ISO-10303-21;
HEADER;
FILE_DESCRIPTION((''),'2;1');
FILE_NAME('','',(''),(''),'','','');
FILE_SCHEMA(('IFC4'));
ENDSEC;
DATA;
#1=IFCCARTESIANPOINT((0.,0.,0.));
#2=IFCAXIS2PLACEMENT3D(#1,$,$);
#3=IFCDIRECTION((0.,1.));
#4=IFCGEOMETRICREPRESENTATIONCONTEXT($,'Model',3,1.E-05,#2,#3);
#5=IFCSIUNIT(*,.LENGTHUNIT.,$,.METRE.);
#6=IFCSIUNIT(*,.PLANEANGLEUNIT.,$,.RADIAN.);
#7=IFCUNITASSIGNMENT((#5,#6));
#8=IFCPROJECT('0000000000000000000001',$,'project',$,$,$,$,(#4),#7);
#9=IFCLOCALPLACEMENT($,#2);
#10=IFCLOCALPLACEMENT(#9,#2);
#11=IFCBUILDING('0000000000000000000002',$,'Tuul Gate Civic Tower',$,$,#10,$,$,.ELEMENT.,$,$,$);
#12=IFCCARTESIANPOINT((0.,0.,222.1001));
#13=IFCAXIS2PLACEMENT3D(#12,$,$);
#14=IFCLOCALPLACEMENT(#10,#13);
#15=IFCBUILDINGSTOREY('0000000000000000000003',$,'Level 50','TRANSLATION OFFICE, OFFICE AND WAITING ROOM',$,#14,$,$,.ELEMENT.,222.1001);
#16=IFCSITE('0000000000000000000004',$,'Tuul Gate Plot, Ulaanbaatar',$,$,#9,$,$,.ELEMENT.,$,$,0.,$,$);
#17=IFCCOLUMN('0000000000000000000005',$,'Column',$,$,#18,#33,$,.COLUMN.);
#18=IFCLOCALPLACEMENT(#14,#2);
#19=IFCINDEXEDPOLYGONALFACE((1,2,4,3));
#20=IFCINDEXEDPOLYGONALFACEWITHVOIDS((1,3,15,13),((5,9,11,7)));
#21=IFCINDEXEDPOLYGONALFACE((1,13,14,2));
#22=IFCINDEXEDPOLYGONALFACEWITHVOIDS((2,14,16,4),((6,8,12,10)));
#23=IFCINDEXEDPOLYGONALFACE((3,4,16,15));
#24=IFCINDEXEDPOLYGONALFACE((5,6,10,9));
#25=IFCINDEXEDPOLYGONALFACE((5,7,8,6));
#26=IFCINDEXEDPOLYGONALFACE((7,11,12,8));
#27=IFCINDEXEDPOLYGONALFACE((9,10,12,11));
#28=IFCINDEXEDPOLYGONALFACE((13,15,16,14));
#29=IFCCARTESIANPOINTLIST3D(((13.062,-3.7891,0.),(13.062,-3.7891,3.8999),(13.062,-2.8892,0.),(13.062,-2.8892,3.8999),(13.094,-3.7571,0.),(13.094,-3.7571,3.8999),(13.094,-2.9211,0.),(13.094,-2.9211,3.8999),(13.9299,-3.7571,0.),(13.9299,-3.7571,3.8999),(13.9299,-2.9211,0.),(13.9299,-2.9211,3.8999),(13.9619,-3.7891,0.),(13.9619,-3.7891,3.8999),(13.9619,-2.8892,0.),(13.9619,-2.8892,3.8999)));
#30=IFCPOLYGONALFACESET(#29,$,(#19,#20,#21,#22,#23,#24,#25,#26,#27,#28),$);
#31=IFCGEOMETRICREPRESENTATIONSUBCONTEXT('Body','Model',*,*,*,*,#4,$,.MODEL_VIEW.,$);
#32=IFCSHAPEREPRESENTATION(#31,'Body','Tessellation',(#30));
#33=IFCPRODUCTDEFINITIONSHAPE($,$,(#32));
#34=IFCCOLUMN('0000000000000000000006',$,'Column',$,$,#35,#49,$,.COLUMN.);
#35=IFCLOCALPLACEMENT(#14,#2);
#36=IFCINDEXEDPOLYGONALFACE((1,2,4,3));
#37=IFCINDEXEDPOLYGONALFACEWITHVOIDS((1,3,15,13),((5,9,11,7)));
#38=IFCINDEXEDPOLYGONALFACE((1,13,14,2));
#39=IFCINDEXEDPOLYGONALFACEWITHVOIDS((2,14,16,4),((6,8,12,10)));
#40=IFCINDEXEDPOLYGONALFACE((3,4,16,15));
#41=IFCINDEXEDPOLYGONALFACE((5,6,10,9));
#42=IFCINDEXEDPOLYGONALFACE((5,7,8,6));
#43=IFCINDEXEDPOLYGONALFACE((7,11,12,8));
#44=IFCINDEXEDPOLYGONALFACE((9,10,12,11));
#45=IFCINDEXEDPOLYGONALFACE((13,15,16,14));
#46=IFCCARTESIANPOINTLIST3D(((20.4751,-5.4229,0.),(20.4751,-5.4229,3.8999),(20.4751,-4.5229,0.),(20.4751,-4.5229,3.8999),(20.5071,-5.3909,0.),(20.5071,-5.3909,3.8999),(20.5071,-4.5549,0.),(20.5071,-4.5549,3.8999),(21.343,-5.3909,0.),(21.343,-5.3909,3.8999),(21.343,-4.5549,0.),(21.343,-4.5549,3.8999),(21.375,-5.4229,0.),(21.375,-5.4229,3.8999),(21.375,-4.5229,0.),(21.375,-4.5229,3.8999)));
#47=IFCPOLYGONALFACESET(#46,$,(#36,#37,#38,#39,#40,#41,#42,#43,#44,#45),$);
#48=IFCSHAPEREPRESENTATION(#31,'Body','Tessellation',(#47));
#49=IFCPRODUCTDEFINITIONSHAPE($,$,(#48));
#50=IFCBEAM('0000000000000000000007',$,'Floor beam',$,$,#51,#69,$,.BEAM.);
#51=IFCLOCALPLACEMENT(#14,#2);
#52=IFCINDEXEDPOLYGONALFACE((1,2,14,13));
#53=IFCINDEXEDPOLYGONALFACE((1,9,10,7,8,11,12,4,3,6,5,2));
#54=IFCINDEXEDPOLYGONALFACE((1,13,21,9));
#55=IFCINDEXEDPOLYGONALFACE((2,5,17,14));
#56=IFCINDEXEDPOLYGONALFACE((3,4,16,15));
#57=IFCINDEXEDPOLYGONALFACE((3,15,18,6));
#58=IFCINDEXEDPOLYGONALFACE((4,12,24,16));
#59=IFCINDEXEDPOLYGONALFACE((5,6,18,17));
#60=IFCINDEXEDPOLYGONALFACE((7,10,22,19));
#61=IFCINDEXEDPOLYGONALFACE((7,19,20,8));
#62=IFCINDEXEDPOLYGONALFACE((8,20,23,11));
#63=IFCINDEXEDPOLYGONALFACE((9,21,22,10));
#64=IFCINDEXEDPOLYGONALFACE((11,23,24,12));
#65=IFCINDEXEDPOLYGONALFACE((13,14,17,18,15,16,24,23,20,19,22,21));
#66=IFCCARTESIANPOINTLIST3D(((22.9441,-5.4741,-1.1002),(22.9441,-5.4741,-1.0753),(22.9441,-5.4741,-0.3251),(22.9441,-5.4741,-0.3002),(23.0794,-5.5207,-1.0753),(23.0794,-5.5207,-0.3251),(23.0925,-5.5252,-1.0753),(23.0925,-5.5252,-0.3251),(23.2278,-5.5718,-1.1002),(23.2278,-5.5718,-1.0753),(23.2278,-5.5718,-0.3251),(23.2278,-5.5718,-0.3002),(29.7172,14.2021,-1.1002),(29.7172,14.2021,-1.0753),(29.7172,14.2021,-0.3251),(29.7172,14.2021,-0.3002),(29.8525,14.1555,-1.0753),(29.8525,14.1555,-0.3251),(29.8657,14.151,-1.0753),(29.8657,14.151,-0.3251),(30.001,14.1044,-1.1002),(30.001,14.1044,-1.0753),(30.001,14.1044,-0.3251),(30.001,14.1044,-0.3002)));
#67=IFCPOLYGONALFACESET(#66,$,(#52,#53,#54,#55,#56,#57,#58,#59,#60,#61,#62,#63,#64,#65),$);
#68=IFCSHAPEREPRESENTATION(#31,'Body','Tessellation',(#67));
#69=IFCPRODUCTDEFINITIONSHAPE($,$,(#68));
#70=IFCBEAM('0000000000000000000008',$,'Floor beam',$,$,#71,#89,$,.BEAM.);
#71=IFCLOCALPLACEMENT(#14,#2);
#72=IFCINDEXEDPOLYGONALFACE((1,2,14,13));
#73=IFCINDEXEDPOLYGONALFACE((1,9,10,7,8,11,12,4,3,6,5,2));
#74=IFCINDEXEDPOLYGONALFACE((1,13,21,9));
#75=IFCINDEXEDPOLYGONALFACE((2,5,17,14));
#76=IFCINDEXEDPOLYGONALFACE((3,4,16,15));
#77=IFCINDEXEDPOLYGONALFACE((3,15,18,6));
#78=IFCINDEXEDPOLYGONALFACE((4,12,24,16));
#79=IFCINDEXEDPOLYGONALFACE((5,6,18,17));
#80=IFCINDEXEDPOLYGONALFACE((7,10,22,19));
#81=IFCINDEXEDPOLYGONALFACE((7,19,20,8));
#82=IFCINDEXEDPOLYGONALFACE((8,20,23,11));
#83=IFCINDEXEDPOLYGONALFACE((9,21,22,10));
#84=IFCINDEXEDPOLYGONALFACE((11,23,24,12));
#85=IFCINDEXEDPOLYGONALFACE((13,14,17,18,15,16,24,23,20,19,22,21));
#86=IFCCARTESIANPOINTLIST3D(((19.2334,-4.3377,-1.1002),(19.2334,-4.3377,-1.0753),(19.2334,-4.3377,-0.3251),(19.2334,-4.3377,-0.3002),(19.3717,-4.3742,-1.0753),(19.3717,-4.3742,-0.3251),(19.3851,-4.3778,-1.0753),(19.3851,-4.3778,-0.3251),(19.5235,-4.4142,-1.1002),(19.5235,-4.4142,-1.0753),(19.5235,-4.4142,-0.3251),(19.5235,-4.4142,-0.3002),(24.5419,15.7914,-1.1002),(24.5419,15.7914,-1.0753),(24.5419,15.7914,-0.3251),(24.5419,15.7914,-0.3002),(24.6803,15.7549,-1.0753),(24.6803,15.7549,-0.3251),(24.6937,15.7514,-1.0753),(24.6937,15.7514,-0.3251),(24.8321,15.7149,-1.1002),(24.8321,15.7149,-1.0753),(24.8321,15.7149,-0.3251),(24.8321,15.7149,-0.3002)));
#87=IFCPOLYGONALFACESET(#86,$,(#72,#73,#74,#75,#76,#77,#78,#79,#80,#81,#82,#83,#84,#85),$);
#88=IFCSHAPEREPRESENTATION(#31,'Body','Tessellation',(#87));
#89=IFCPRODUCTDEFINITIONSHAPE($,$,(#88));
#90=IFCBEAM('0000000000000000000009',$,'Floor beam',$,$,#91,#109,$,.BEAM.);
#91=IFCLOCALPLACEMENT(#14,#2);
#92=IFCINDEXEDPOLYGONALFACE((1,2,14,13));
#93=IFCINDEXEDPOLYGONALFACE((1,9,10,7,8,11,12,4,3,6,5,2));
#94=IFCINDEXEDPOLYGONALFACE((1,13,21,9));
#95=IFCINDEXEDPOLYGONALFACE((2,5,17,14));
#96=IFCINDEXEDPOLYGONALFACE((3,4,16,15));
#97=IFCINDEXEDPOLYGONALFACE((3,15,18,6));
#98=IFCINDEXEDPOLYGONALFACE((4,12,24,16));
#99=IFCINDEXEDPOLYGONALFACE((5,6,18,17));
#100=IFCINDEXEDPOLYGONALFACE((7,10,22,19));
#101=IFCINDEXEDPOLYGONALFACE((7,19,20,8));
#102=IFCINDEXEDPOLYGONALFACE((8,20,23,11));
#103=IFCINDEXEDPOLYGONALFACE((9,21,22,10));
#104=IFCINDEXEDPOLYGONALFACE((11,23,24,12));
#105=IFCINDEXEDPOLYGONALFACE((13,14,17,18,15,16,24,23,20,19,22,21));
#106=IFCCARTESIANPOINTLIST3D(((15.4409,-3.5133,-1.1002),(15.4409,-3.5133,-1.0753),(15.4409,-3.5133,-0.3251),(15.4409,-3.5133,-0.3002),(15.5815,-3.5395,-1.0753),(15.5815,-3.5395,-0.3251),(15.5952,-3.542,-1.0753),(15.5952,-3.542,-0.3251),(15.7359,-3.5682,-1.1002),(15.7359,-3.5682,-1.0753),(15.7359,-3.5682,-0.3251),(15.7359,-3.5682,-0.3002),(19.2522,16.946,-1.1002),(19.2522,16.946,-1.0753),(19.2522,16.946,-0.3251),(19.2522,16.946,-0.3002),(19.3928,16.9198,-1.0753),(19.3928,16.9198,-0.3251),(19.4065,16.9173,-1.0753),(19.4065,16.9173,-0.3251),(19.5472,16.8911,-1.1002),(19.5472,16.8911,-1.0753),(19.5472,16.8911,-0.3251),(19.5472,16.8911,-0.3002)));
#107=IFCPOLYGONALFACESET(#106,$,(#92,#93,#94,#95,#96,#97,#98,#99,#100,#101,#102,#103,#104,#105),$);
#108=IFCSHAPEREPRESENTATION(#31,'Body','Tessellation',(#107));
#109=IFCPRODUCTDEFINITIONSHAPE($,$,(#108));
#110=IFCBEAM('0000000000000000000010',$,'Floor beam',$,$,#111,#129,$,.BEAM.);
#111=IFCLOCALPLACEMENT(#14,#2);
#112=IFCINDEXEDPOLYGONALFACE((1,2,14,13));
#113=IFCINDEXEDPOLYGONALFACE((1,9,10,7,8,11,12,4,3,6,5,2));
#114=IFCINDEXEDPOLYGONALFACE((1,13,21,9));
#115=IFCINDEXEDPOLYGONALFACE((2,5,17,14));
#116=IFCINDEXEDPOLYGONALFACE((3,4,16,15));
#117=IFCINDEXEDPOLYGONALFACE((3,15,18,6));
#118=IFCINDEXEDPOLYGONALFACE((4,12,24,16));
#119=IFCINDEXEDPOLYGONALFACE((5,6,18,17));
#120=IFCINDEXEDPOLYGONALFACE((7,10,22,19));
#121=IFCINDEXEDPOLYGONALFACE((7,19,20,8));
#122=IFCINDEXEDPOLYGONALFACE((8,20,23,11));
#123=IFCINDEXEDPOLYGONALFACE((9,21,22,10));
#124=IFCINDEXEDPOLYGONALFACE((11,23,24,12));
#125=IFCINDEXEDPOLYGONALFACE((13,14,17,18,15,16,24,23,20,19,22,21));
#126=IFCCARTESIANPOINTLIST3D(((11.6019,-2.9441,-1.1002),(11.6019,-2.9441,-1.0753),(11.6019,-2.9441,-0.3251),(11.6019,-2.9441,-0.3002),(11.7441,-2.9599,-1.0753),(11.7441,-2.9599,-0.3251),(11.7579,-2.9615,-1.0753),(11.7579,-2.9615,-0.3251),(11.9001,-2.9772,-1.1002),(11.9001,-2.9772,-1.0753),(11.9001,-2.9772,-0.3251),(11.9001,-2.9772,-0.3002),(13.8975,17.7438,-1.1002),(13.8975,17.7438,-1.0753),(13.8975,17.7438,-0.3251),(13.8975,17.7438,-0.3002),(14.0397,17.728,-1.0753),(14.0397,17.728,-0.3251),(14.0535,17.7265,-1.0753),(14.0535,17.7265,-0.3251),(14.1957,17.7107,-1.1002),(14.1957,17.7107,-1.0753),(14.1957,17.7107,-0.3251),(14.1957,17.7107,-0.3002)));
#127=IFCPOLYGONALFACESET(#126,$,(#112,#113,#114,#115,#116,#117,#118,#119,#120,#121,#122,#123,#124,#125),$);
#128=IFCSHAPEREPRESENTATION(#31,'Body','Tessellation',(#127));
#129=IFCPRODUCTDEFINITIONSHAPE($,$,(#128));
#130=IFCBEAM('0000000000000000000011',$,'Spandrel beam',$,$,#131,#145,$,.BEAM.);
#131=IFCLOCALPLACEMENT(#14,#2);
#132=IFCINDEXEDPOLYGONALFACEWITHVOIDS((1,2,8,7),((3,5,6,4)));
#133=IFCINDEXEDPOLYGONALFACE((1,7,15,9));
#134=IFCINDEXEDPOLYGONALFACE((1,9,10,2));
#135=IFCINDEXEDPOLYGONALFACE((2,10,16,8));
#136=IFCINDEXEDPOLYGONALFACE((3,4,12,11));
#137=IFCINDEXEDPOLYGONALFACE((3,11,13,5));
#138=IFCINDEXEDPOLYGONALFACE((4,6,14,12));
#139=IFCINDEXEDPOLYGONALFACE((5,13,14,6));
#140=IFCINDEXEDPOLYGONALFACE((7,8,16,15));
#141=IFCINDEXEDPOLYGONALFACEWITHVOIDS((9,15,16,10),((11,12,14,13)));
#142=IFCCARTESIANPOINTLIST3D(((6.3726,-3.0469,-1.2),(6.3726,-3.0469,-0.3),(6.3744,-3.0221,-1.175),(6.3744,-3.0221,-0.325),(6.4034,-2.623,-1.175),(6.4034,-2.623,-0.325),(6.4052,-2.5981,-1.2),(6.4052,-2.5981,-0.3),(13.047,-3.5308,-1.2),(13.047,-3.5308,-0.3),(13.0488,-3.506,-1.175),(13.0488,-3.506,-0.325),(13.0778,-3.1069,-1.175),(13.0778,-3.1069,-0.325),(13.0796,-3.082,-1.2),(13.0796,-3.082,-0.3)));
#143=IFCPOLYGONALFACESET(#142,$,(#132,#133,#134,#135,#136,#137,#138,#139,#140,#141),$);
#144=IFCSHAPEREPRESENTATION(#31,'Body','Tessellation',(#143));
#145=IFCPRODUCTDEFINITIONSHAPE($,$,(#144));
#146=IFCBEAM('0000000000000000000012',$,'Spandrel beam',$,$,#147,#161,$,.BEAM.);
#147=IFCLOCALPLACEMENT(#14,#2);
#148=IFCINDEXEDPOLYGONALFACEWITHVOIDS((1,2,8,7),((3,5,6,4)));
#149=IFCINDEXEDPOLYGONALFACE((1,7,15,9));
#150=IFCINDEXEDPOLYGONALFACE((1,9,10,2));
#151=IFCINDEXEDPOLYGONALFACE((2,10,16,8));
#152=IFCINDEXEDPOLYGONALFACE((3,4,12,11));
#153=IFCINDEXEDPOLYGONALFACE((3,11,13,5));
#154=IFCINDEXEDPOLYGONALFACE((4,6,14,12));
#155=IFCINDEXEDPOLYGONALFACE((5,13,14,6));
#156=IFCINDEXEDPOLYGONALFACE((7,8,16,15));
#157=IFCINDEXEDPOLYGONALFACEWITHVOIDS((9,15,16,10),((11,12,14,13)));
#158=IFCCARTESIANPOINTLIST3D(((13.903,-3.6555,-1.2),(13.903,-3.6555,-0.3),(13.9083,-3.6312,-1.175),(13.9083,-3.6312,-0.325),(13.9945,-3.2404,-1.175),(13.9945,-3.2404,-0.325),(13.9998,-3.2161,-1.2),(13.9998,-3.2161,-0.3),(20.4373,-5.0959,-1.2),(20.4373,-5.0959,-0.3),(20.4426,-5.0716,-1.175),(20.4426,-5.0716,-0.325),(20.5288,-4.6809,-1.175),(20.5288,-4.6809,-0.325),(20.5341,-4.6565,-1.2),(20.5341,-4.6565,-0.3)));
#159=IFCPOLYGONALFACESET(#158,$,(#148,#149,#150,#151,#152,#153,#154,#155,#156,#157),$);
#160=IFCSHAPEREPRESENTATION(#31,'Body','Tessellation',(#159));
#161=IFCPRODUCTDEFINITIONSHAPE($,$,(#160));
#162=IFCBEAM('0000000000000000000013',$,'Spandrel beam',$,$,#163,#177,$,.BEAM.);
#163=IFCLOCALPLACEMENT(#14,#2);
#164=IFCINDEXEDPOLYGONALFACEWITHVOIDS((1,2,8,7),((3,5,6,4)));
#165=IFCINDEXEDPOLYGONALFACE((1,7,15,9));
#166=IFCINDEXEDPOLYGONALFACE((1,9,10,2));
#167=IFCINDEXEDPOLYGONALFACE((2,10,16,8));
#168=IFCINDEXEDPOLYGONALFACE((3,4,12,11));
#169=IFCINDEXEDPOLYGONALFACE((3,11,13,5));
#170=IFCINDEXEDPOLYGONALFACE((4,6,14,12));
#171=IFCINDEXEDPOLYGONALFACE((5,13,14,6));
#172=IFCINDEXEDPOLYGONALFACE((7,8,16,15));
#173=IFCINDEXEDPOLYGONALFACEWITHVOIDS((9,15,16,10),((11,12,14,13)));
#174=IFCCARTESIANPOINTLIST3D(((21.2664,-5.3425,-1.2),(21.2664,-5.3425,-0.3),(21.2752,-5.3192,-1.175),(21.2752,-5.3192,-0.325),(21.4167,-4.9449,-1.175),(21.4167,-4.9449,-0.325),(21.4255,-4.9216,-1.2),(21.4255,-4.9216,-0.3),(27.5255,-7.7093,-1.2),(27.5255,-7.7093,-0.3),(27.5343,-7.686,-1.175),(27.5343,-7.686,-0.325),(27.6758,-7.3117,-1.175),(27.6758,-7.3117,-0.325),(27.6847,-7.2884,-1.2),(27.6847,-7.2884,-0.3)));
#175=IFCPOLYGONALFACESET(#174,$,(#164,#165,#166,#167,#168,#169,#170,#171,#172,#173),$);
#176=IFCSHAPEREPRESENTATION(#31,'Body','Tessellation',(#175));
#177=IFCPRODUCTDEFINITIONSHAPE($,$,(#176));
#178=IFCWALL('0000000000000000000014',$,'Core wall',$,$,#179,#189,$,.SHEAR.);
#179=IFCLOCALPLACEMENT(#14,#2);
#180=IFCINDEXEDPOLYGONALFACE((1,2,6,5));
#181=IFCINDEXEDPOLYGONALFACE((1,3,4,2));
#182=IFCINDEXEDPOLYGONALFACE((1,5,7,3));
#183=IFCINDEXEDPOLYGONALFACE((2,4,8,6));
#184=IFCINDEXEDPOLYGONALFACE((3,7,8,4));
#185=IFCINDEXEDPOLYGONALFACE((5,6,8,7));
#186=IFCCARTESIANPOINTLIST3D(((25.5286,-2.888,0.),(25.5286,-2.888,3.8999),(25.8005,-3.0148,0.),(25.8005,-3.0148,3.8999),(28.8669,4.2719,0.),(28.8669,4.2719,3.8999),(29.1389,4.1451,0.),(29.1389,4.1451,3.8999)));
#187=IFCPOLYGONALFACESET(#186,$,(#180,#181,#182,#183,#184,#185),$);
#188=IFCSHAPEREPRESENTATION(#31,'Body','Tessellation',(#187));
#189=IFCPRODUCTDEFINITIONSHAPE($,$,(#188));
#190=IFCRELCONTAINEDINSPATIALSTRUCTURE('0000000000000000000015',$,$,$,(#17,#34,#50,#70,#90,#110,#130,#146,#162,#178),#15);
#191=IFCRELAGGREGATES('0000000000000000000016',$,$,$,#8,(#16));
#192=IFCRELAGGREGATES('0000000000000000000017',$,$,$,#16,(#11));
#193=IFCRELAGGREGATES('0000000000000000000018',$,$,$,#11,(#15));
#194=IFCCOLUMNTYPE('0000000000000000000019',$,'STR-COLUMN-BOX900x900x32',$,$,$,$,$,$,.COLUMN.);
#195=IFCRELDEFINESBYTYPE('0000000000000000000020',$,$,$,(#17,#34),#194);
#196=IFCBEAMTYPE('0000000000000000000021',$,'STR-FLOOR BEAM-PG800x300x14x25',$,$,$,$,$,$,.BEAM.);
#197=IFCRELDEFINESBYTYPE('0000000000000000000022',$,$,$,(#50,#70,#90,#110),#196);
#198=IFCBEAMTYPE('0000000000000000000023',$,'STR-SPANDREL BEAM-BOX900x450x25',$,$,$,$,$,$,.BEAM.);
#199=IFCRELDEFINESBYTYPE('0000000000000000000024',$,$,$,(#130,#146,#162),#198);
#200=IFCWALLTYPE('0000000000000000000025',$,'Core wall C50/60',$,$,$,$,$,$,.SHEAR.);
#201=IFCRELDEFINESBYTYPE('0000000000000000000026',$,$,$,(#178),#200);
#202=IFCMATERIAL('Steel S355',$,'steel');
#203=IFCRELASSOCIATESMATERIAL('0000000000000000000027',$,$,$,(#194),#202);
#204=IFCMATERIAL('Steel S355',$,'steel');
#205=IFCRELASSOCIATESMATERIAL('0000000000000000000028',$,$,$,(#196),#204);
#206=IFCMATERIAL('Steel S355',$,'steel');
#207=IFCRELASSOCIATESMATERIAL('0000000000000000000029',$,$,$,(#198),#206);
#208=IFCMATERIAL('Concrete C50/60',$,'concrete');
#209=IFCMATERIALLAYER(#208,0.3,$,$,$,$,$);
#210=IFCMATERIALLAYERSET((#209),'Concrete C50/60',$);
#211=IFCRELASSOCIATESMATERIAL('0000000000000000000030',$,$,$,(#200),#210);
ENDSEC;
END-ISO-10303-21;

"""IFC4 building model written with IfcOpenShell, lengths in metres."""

from ifc_helpers import new_model, si_unit, direction, frame, frame_2d, origin, origin_2d, place, context, subcontext, project, spatial, rectangle, hollow_rectangle, i_section, extrude, material, layer, layer_set, material_profile, profile_set, type_object, element, save


model = new_model("IFC4")

# Units and contexts
model_context = context("Model", 3, precision=1e-05, world=origin(), true_north=direction((0.0, 1.0)))
body_context = subcontext(model_context, "Body", "Model", "MODEL_VIEW")
ifc_project = project(units=[si_unit("LENGTHUNIT", "METRE"), si_unit("PLANEANGLEUNIT", "RADIAN")], contexts=[model_context])

# Site, building, storey
site_placement = place(None, origin())
site = spatial("IfcSite", under=ifc_project, at=site_placement, Name="Tuul Gate Plot, Ulaanbaatar", CompositionType="ELEMENT", RefElevation=0.0)
building_placement = place(site_placement, origin())
building = spatial("IfcBuilding", under=site, at=building_placement, Name="Tuul Gate Civic Tower", CompositionType="ELEMENT")
storey_placement = place(building_placement, frame((0.0, 0.0, 222.1001)))
storey = spatial("IfcBuildingStorey", under=building, at=storey_placement, Name="Level 50", Description="TRANSLATION OFFICE, OFFICE AND WAITING ROOM", CompositionType="ELEMENT", Elevation=222.1001)

# Columns
ifc_material_1 = material(Name="Steel S355", Category="steel")
ifc_material_profile_1 = material_profile(ifc_material_1, hollow_rectangle(XDim=0.8999, YDim=0.8999, WallThickness=0.032, at=origin_2d()), Name="BOX900x900x32")
ifc_profile_set_1 = profile_set([ifc_material_profile_1], Name="Steel S355")
column_type = type_object("IfcColumnType", Name="STR-COLUMN-BOX900x900x32", PredefinedType="COLUMN", material=ifc_profile_set_1)
for number, where, z_axis, x_axis, name in (
    (1, (13.512, -3.3391, 0.0), (0.0, 0.0, 1.0), (1.0, 0.0, 0.0), "Column"),
    (2, (20.925, -4.9729, 0.0), (0.0, 0.0, 1.0), (1.0, 0.0, 0.0), "Column"),
):
    element("IfcColumn", number, at=place(storey_placement, frame(where, z_axis=z_axis, x_axis=x_axis)), inside=storey, type_object=column_type, Name=name, PredefinedType="COLUMN", context=body_context, shape_type="SweptSolid", body=[
        extrude(hollow_rectangle(XDim=0.8999, YDim=0.8999, WallThickness=0.032, at=origin_2d()), origin(), (0.0, 0.0, 1.0), 3.8999),
    ])

# Beams
ifc_material_2 = material(Name="Steel S355", Category="steel")
ifc_material_profile_2 = material_profile(ifc_material_2, i_section(OverallWidth=0.3, OverallDepth=0.8, WebThickness=0.0139, FlangeThickness=0.0249, at=origin_2d()), Name="PG800x300x14x25")
ifc_profile_set_2 = profile_set([ifc_material_profile_2], Name="Steel S355")
beam_type_1 = type_object("IfcBeamType", Name="STR-FLOOR BEAM-PG800x300x14x25", PredefinedType="BEAM", material=ifc_profile_set_2)
beam_1_placement = place(storey_placement, frame((23.0859, -5.5229, -0.7002), z_axis=(0.325487, 0.945547, 0.0), x_axis=(-0.945547, 0.325487, 0.0)))
element("IfcBeam", 3, at=beam_1_placement, inside=storey, type_object=beam_type_1, Name="Floor beam", PredefinedType="BEAM", context=body_context, shape_type="SweptSolid", body=[
    extrude(i_section(OverallWidth=0.3, OverallDepth=0.8, WebThickness=0.0139, FlangeThickness=0.0249, at=origin_2d()), origin(), (0.0, 0.0, 1.0), 20.8093),
])
beam_2_placement = place(storey_placement, frame((19.3784, -4.376, -0.7002), z_axis=(0.255008, 0.966939, 0.0), x_axis=(-0.966939, 0.255008, 0.0)))
element("IfcBeam", 4, at=beam_2_placement, inside=storey, type_object=beam_type_1, Name="Floor beam", PredefinedType="BEAM", context=body_context, shape_type="SweptSolid", body=[
    extrude(i_section(OverallWidth=0.3, OverallDepth=0.8, WebThickness=0.0139, FlangeThickness=0.0249, at=origin_2d()), origin(), (0.0, 0.0, 1.0), 20.8174),
])
beam_3_placement = place(storey_placement, frame((15.5884, -3.5408, -0.7002), z_axis=(0.183136, 0.983088, 0.0), x_axis=(-0.983088, 0.183136, 0.0)))
element("IfcBeam", 5, at=beam_3_placement, inside=storey, type_object=beam_type_1, Name="Floor beam", PredefinedType="BEAM", context=body_context, shape_type="SweptSolid", body=[
    extrude(i_section(OverallWidth=0.3, OverallDepth=0.8, WebThickness=0.0139, FlangeThickness=0.0249, at=origin_2d()), origin(), (0.0, 0.0, 1.0), 20.8113),
])
beam_4_placement = place(storey_placement, frame((11.751, -2.9607, -0.7002), z_axis=(0.110289, 0.9939, 0.0), x_axis=(-0.9939, 0.110289, 0.0)))
element("IfcBeam", 6, at=beam_4_placement, inside=storey, type_object=beam_type_1, Name="Floor beam", PredefinedType="BEAM", context=body_context, shape_type="SweptSolid", body=[
    extrude(i_section(OverallWidth=0.3, OverallDepth=0.8, WebThickness=0.0139, FlangeThickness=0.0249, at=origin_2d()), origin(), (0.0, 0.0, 1.0), 20.8149),
])
ifc_material_3 = material(Name="Steel S355", Category="steel")
ifc_material_profile_3 = material_profile(ifc_material_3, hollow_rectangle(XDim=0.45, YDim=0.8999, WallThickness=0.0249, at=origin_2d()), Name="BOX900x450x25")
ifc_profile_set_3 = profile_set([ifc_material_profile_3], Name="Steel S355")
beam_type_2 = type_object("IfcBeamType", Name="STR-SPANDREL BEAM-BOX900x450x25", PredefinedType="BEAM", material=ifc_profile_set_3)
beam_5_placement = place(storey_placement, frame((6.3889, -2.8225, -0.75), z_axis=(0.997382, -0.07231, 0.0), x_axis=(0.07231, 0.997382, 0.0)))
element("IfcBeam", 7, at=beam_5_placement, inside=storey, type_object=beam_type_2, Name="Spandrel beam", PredefinedType="BEAM", context=body_context, shape_type="SweptSolid", body=[
    extrude(hollow_rectangle(XDim=0.45, YDim=0.8999, WallThickness=0.0249, at=origin_2d()), origin(), (0.0, 0.0, 1.0), 6.6919),
])
beam_6_placement = place(storey_placement, frame((13.9514, -3.4358, -0.75), z_axis=(0.976553, -0.215277, 0.0), x_axis=(0.215277, 0.976553, 0.0)))
element("IfcBeam", 8, at=beam_6_placement, inside=storey, type_object=beam_type_2, Name="Spandrel beam", PredefinedType="BEAM", context=body_context, shape_type="SweptSolid", body=[
    extrude(hollow_rectangle(XDim=0.45, YDim=0.8999, WallThickness=0.0249, at=origin_2d()), origin(), (0.0, 0.0, 1.0), 6.6912),
])
beam_7_placement = place(storey_placement, frame((21.3459, -5.1321, -0.75), z_axis=(0.935365, -0.353685, 0.0), x_axis=(0.353685, 0.935365, 0.0)))
element("IfcBeam", 9, at=beam_7_placement, inside=storey, type_object=beam_type_2, Name="Spandrel beam", PredefinedType="BEAM", context=body_context, shape_type="SweptSolid", body=[
    extrude(hollow_rectangle(XDim=0.45, YDim=0.8999, WallThickness=0.0249, at=origin_2d()), origin(), (0.0, 0.0, 1.0), 6.6917),
])

# Wall
ifc_material_4 = material(Name="Concrete C50/60", Category="concrete")
ifc_layer_1 = layer(ifc_material_4, 0.3)
ifc_layer_set_1 = layer_set([ifc_layer_1], Name="Concrete C50/60")
wall_type_1 = type_object("IfcWallType", Name="Core wall C50/60", PredefinedType="SHEAR", material=ifc_layer_set_1)
wall_1_placement = place(storey_placement, frame((25.6646, -2.9514, 0.0), z_axis=(0.0, 0.0, 1.0), x_axis=(0.422583, 0.906324, 0.0)))
element("IfcWall", 10, at=wall_1_placement, inside=storey, type_object=wall_type_1, Name="Core wall", PredefinedType="SHEAR", context=body_context, shape_type="SweptSolid", body=[
    extrude(rectangle(XDim=7.8999, YDim=0.3, at=frame_2d((3.95, 0.0))), origin(), (0.0, 0.0, 1.0), 3.8999),
])

save(model, "model.ifc")
